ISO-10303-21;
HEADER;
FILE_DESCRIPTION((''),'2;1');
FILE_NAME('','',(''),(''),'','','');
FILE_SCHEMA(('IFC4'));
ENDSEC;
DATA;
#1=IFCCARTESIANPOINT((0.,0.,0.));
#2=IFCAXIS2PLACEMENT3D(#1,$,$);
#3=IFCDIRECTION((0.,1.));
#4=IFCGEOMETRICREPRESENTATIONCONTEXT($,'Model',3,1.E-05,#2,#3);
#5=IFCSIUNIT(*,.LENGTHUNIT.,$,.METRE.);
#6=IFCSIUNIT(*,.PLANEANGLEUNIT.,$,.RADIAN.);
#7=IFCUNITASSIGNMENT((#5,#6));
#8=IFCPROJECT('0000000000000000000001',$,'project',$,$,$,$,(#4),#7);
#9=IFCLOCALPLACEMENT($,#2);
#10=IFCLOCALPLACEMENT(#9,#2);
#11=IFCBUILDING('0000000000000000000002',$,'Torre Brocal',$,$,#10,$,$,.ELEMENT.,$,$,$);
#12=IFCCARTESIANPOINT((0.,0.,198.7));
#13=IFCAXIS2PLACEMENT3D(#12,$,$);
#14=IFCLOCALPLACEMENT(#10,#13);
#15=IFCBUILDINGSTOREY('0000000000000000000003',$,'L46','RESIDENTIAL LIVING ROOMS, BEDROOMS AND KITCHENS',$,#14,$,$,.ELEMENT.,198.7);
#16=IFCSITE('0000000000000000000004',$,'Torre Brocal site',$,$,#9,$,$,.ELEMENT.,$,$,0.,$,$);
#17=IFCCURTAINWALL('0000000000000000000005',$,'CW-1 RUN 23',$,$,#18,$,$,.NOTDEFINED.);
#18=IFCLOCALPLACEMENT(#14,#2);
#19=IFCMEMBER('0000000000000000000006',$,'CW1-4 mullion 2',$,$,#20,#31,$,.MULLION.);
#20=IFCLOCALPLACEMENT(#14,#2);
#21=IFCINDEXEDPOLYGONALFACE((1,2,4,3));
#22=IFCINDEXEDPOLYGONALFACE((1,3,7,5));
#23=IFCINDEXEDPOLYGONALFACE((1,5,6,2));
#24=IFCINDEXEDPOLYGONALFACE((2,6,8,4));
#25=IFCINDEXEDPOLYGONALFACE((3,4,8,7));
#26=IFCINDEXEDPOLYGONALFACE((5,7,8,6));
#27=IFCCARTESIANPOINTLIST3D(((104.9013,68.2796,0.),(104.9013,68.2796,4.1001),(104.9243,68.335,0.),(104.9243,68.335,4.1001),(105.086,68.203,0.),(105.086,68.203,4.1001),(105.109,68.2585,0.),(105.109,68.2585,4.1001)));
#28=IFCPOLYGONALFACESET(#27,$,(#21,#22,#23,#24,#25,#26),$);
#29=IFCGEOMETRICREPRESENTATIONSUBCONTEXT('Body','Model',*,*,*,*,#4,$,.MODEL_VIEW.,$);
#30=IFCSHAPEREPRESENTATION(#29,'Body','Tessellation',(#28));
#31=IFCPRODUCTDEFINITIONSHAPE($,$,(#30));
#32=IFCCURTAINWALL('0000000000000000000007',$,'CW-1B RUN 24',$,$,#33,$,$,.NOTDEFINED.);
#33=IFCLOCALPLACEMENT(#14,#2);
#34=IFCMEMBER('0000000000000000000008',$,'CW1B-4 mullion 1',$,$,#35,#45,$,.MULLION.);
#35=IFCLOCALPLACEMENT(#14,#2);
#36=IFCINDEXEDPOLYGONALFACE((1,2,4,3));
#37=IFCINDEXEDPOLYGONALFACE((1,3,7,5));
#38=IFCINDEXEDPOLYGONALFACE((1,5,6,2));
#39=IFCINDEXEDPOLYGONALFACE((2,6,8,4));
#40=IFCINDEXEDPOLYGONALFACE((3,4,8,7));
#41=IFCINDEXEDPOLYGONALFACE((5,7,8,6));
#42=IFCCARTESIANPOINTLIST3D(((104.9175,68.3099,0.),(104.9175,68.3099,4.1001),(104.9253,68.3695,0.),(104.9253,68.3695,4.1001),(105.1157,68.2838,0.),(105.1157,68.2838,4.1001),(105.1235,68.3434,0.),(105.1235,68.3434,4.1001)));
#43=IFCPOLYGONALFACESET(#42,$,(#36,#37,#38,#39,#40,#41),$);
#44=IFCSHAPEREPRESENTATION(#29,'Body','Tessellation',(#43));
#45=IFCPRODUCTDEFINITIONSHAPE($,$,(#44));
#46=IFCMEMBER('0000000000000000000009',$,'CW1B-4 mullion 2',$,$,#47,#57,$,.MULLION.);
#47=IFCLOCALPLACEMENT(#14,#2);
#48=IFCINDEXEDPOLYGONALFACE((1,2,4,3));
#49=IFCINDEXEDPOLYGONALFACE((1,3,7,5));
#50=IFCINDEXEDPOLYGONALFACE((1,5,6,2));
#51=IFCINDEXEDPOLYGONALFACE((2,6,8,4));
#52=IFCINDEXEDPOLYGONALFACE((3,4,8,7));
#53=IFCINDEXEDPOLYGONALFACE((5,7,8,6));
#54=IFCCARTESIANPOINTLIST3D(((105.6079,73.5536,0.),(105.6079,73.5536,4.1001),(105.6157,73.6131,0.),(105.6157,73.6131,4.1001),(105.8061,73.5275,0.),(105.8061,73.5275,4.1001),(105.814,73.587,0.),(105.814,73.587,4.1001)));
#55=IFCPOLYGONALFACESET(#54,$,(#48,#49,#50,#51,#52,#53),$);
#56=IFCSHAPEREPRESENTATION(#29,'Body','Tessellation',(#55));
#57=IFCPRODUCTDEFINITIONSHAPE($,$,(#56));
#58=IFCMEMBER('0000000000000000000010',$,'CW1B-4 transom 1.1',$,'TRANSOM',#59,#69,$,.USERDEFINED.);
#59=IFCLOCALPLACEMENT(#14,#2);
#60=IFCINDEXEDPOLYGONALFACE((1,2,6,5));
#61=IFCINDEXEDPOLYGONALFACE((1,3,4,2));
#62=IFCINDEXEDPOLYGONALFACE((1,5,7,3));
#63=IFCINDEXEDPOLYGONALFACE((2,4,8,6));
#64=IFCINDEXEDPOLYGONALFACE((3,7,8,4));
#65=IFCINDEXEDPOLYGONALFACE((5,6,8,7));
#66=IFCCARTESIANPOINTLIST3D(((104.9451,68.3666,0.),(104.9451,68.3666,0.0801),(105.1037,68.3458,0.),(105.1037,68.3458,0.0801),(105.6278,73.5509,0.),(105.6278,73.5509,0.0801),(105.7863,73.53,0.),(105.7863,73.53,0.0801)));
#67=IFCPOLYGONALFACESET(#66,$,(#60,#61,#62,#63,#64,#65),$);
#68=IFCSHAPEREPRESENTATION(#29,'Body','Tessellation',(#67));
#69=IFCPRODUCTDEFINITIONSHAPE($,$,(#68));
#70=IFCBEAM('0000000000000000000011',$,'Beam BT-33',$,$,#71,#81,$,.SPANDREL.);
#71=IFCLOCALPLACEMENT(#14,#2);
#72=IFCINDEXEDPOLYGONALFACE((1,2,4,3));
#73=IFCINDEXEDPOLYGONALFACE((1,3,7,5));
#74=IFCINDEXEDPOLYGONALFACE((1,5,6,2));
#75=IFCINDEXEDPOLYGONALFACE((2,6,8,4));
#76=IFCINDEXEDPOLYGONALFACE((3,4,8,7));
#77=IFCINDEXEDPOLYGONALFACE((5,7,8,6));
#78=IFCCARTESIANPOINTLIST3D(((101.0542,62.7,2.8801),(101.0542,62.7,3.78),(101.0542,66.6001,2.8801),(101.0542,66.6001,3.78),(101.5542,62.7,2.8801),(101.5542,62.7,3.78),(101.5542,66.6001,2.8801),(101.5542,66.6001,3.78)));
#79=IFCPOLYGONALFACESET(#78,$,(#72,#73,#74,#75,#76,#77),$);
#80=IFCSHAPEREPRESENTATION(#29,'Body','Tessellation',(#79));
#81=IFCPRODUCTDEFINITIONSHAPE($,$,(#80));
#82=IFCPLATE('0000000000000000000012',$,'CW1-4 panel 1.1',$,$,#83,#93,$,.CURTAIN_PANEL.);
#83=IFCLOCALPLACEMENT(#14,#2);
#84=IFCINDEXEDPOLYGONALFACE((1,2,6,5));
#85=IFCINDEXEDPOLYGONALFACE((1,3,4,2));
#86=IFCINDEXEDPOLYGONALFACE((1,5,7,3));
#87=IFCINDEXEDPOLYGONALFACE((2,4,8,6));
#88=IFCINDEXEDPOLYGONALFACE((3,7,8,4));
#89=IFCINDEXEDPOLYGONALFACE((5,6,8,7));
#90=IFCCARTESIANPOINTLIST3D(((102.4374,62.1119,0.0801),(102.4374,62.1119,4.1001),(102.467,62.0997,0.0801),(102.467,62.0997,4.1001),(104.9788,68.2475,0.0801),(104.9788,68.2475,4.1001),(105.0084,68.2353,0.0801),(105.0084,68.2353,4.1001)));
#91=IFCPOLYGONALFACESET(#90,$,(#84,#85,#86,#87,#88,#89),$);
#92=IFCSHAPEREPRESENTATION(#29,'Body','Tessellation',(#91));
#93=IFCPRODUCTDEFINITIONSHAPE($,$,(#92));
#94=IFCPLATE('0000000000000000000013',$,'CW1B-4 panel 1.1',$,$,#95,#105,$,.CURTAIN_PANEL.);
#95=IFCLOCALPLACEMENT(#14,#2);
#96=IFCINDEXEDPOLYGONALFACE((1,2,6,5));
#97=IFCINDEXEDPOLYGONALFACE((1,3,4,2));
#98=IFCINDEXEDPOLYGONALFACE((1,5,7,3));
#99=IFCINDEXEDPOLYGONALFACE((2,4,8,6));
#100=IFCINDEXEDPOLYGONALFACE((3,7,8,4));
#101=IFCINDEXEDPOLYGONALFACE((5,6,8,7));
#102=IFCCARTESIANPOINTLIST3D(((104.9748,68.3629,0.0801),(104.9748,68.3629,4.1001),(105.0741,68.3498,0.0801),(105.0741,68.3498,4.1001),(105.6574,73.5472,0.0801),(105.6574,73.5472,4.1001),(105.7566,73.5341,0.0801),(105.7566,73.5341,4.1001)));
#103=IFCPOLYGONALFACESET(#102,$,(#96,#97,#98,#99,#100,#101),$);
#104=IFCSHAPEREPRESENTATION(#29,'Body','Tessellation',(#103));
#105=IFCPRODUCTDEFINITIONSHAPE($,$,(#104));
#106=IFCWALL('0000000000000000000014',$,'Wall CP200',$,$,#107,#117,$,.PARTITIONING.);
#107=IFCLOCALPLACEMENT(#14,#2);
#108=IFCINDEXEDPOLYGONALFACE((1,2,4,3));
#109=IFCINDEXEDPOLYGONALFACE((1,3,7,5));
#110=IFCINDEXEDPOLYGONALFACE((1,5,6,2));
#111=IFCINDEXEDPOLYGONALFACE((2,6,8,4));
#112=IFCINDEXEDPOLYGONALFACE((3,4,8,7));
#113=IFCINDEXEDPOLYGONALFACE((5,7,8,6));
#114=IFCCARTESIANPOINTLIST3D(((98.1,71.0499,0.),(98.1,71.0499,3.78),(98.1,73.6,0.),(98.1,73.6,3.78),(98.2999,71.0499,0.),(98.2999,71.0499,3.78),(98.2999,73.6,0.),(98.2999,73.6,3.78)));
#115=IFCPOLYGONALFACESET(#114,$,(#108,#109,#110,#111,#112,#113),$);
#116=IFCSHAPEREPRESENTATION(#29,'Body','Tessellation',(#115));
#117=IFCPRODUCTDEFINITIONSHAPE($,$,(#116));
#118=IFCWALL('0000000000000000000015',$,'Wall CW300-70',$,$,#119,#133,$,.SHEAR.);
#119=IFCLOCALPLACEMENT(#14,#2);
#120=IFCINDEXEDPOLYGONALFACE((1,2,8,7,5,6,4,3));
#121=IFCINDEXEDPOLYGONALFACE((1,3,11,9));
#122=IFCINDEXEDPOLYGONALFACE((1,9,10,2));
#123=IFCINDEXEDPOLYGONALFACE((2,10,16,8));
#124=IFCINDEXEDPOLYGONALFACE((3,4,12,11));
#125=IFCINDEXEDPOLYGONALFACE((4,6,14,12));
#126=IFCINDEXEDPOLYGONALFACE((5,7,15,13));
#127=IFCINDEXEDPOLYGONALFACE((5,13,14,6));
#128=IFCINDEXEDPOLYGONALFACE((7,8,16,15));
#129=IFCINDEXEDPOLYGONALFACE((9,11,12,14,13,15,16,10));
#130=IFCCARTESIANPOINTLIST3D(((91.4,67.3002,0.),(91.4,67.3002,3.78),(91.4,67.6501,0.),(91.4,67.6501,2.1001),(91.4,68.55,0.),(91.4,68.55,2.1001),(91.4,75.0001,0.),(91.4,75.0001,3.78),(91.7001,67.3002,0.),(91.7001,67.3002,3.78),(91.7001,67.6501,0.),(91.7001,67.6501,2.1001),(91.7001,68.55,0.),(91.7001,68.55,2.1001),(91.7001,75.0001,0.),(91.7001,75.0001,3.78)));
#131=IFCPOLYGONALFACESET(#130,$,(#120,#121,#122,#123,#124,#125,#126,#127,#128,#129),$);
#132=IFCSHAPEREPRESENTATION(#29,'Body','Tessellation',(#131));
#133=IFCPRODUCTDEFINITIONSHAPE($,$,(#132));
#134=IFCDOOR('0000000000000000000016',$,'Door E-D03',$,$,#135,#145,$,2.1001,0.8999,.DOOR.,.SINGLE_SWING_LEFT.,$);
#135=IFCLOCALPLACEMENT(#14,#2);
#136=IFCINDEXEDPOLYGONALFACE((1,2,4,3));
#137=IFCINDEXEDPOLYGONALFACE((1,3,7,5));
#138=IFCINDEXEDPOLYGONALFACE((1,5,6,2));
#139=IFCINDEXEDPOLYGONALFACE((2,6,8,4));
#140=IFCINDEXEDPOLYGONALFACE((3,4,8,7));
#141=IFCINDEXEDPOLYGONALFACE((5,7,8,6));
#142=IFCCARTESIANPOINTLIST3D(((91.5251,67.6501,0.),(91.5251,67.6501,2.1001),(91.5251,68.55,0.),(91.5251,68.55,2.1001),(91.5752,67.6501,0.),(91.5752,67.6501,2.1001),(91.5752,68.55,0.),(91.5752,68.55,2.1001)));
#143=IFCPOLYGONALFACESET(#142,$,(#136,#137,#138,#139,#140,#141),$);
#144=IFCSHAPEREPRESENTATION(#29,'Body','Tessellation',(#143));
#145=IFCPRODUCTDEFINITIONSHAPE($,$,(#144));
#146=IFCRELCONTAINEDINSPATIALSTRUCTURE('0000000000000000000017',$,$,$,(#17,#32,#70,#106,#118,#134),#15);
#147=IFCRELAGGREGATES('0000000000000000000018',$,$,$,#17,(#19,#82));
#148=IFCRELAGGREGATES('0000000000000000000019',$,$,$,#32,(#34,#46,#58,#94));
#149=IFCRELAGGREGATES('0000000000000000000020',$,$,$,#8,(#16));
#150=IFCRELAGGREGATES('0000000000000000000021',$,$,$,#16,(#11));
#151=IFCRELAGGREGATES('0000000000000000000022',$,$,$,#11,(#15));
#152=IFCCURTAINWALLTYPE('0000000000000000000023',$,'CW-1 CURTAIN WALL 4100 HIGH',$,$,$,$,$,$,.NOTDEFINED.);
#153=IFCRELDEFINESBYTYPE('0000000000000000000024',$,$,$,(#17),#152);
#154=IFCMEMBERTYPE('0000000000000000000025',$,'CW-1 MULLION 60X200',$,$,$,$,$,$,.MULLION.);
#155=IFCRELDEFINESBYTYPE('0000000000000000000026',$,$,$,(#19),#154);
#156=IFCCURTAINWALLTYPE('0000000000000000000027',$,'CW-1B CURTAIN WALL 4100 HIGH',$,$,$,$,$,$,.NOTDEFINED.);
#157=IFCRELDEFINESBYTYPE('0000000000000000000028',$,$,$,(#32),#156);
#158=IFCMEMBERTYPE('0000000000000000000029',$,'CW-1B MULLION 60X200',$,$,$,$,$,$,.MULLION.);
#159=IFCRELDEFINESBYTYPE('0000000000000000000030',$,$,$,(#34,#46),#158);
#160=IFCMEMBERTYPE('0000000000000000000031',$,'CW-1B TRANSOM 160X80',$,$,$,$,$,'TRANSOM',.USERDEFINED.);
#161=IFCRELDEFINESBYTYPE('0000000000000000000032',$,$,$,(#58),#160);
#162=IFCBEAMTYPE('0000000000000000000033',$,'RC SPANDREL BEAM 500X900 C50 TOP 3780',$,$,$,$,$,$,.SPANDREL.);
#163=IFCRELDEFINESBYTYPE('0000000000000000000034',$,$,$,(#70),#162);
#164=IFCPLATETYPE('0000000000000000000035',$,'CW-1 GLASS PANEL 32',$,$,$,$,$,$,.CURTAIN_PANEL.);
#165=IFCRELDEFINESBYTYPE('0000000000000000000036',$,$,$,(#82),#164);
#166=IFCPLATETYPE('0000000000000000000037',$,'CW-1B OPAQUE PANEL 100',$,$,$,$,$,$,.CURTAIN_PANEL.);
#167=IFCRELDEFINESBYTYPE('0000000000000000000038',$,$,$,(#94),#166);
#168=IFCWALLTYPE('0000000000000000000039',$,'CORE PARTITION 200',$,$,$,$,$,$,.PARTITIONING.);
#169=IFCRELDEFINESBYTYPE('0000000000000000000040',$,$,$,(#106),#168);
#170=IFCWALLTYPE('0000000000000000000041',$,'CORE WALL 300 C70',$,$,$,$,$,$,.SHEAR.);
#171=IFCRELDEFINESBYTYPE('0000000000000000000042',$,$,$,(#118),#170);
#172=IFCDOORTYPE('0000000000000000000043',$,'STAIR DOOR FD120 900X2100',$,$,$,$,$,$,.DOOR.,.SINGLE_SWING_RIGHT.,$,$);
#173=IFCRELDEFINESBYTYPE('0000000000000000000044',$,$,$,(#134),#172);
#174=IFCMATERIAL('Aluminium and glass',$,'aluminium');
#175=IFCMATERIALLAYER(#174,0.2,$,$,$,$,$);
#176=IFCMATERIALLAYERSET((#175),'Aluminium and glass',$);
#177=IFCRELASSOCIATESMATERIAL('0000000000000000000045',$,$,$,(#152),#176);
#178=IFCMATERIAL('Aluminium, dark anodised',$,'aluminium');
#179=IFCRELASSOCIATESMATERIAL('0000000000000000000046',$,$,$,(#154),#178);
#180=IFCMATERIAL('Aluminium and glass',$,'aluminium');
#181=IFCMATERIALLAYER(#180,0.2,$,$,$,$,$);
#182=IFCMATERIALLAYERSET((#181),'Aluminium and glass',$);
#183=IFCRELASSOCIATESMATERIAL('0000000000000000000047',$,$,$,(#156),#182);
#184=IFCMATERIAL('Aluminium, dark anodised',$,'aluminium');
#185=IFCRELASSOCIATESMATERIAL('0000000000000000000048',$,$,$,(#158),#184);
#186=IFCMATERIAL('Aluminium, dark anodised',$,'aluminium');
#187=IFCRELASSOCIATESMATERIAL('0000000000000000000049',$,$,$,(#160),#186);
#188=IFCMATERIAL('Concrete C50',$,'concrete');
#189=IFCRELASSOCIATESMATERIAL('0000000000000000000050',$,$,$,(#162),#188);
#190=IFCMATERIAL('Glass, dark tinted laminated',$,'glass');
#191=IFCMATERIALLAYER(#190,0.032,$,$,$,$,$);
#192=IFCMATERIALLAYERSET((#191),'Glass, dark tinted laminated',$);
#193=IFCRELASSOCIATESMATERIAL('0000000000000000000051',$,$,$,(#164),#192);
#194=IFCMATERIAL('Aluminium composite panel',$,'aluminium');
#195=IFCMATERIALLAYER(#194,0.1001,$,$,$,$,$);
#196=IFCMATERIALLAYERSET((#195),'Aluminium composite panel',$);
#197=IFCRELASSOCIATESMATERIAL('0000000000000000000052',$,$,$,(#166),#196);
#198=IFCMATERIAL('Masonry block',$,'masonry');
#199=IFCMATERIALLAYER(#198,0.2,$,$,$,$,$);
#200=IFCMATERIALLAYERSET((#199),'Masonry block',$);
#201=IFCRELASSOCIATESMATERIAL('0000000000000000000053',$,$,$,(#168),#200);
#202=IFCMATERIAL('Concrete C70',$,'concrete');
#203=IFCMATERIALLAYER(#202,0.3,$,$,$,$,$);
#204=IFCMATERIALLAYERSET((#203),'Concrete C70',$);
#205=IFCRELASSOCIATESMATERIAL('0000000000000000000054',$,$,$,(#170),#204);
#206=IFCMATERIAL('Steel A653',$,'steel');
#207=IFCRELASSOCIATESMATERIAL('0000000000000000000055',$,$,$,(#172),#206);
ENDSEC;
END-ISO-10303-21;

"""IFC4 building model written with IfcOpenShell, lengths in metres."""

from ifc_helpers import new_model, si_unit, direction, frame, frame_2d, origin, origin_2d, place, context, subcontext, project, spatial, rectangle, extrude, material, layer, layer_set, material_profile, profile_set, type_object, element, fill, aggregate, save


model = new_model("IFC4")

# Units and contexts
model_context = context("Model", 3, precision=1e-05, world=origin(), true_north=direction((0.0, 1.0)))
body_context = subcontext(model_context, "Body", "Model", "MODEL_VIEW")
ifc_project = project(units=[si_unit("LENGTHUNIT", "METRE"), si_unit("PLANEANGLEUNIT", "RADIAN")], contexts=[model_context])

# Site, building, storey
site_placement = place(None, origin())
site = spatial("IfcSite", under=ifc_project, at=site_placement, Name="Torre Brocal site", CompositionType="ELEMENT", RefElevation=0.0)
building_placement = place(site_placement, origin())
building = spatial("IfcBuilding", under=site, at=building_placement, Name="Torre Brocal", CompositionType="ELEMENT")
storey_placement = place(building_placement, frame((0.0, 0.0, 198.7)))
storey = spatial("IfcBuildingStorey", under=building, at=storey_placement, Name="L46", Description="RESIDENTIAL LIVING ROOMS, BEDROOMS AND KITCHENS", CompositionType="ELEMENT", Elevation=198.7)

# Curtain wall, member
ifc_material_1 = material(Name="Aluminium and glass", Category="aluminium")
ifc_layer_1 = layer(ifc_material_1, 0.2)
ifc_layer_set_1 = layer_set([ifc_layer_1], Name="Aluminium and glass")
curtain_wall_type_1 = type_object("IfcCurtainWallType", Name="CW-1 CURTAIN WALL 4100 HIGH", PredefinedType="NOTDEFINED", material=ifc_layer_set_1)
curtain_wall_1_placement = place(storey_placement, origin())
curtain_wall_1 = element("IfcCurtainWall", 1, at=curtain_wall_1_placement, inside=storey, type_object=curtain_wall_type_1, Name="CW-1 RUN 23", PredefinedType="NOTDEFINED")
ifc_material_2 = material(Name="Aluminium, dark anodised", Category="aluminium")
ifc_material_profile_1 = material_profile(ifc_material_2, rectangle(XDim=0.2, YDim=0.0601, at=origin_2d()), Name="CW-1 MULLION 60X200")
ifc_profile_set_1 = profile_set([ifc_material_profile_1], Name="Aluminium, dark anodised")
member_type_1 = type_object("IfcMemberType", Name="CW-1 MULLION 60X200", PredefinedType="MULLION", material=ifc_profile_set_1)
member_1_placement = place(storey_placement, frame((105.0051, 68.269, 0.0), z_axis=(0.0, 0.0, 1.0), x_axis=(-0.92388, 0.382683, 0.0)))
member_1 = element("IfcMember", 2, at=member_1_placement, type_object=member_type_1, Name="CW1-4 mullion 2", PredefinedType="MULLION", context=body_context, shape_type="SweptSolid", body=[
    extrude(rectangle(XDim=0.2, YDim=0.0601, at=origin_2d()), origin(), (0.0, 0.0, 1.0), 4.1001),
])

# Curtain wall, members
ifc_material_3 = material(Name="Aluminium and glass", Category="aluminium")
ifc_layer_2 = layer(ifc_material_3, 0.2)
ifc_layer_set_2 = layer_set([ifc_layer_2], Name="Aluminium and glass")
curtain_wall_type_2 = type_object("IfcCurtainWallType", Name="CW-1B CURTAIN WALL 4100 HIGH", PredefinedType="NOTDEFINED", material=ifc_layer_set_2)
curtain_wall_2_placement = place(storey_placement, origin())
curtain_wall_2 = element("IfcCurtainWall", 3, at=curtain_wall_2_placement, inside=storey, type_object=curtain_wall_type_2, Name="CW-1B RUN 24", PredefinedType="NOTDEFINED")
ifc_material_4 = material(Name="Aluminium, dark anodised", Category="aluminium")
ifc_material_profile_2 = material_profile(ifc_material_4, rectangle(XDim=0.2, YDim=0.0601, at=origin_2d()), Name="CW-1B MULLION 60X200")
ifc_profile_set_2 = profile_set([ifc_material_profile_2], Name="Aluminium, dark anodised")
member_type_2 = type_object("IfcMemberType", Name="CW-1B MULLION 60X200", PredefinedType="MULLION", material=ifc_profile_set_2)
member_2_placement = place(storey_placement, frame((105.0205, 68.3267, 0.0), z_axis=(0.0, 0.0, 1.0), x_axis=(-0.991445, 0.130526, 0.0)))
member_2 = element("IfcMember", 4, at=member_2_placement, type_object=member_type_2, Name="CW1B-4 mullion 1", PredefinedType="MULLION", context=body_context, shape_type="SweptSolid", body=[
    extrude(rectangle(XDim=0.2, YDim=0.0601, at=origin_2d()), origin(), (0.0, 0.0, 1.0), 4.1001),
])
member_3_placement = place(storey_placement, frame((105.7109, 73.5703, 0.0), z_axis=(0.0, 0.0, 1.0), x_axis=(-0.991445, 0.130526, 0.0)))
member_3 = element("IfcMember", 5, at=member_3_placement, type_object=member_type_2, Name="CW1B-4 mullion 2", PredefinedType="MULLION", context=body_context, shape_type="SweptSolid", body=[
    extrude(rectangle(XDim=0.2, YDim=0.0601, at=origin_2d()), origin(), (0.0, 0.0, 1.0), 4.1001),
])
ifc_material_5 = material(Name="Aluminium, dark anodised", Category="aluminium")
ifc_material_profile_3 = material_profile(ifc_material_5, rectangle(XDim=0.1599, YDim=0.0801, at=origin_2d()), Name="CW-1B TRANSOM 160X80")
ifc_profile_set_3 = profile_set([ifc_material_profile_3], Name="Aluminium, dark anodised")
member_type_3 = type_object("IfcMemberType", Name="CW-1B TRANSOM 160X80", ElementType="TRANSOM", PredefinedType="USERDEFINED", material=ifc_profile_set_3)
member_4_placement = place(storey_placement, frame((105.0244, 68.3562, 0.04), z_axis=(0.130543, 0.991443, 0.0), x_axis=(-0.991443, 0.130543, 0.0)))
member_4 = element("IfcMember", 6, at=member_4_placement, type_object=member_type_3, Name="CW1B-4 transom 1.1", ObjectType="TRANSOM", PredefinedType="USERDEFINED", context=body_context, shape_type="SweptSolid", body=[
    extrude(rectangle(XDim=0.1599, YDim=0.0801, at=origin_2d()), origin(), (0.0, 0.0, 1.0), 5.229),
])

# Beam
ifc_material_6 = material(Name="Concrete C50", Category="concrete")
ifc_material_profile_4 = material_profile(ifc_material_6, rectangle(XDim=0.5, YDim=0.8999, at=origin_2d()), Name="RC 500X900")
ifc_profile_set_4 = profile_set([ifc_material_profile_4], Name="Concrete C50")
beam_type = type_object("IfcBeamType", Name="RC SPANDREL BEAM 500X900 C50 TOP 3780", PredefinedType="SPANDREL", material=ifc_profile_set_4)
beam_placement = place(storey_placement, frame((101.3042, 62.7, 3.3301), z_axis=(0.0, 1.0, 0.0), x_axis=(-1.0, 0.0, 0.0)))
element("IfcBeam", 7, at=beam_placement, inside=storey, type_object=beam_type, Name="Beam BT-33", PredefinedType="SPANDREL", context=body_context, shape_type="SweptSolid", body=[
    extrude(rectangle(XDim=0.5, YDim=0.8999, at=origin_2d()), origin(), (0.0, 0.0, 1.0), 3.9001),
])

# Plates
ifc_material_7 = material(Name="Glass, dark tinted laminated", Category="glass")
ifc_layer_3 = layer(ifc_material_7, 0.032)
ifc_layer_set_3 = layer_set([ifc_layer_3], Name="Glass, dark tinted laminated")
plate_type_1 = type_object("IfcPlateType", Name="CW-1 GLASS PANEL 32", PredefinedType="CURTAIN_PANEL", material=ifc_layer_set_3)
plate_1_placement = place(storey_placement, frame((103.7229, 65.1736, 0.0801), z_axis=(0.0, 0.0, 1.0), x_axis=(0.382683, 0.92388, 0.0)))
plate_1 = element("IfcPlate", 8, at=plate_1_placement, type_object=plate_type_1, Name="CW1-4 panel 1.1", PredefinedType="CURTAIN_PANEL", context=body_context, shape_type="SweptSolid", body=[
    extrude(rectangle(XDim=6.6411, YDim=0.032, at=origin_2d()), origin(), (0.0, 0.0, 1.0), 4.02),
])
aggregate(curtain_wall_1, [member_1, plate_1])
ifc_material_8 = material(Name="Aluminium composite panel", Category="aluminium")
ifc_layer_4 = layer(ifc_material_8, 0.1001)
ifc_layer_set_4 = layer_set([ifc_layer_4], Name="Aluminium composite panel")
plate_type_2 = type_object("IfcPlateType", Name="CW-1B OPAQUE PANEL 100", PredefinedType="CURTAIN_PANEL", material=ifc_layer_set_4)
plate_2_placement = place(storey_placement, frame((105.3657, 70.9485, 0.0801), z_axis=(0.0, 0.0, 1.0), x_axis=(0.130526, 0.991445, 0.0)))
plate_2 = element("IfcPlate", 9, at=plate_2_placement, type_object=plate_type_2, Name="CW1B-4 panel 1.1", PredefinedType="CURTAIN_PANEL", context=body_context, shape_type="SweptSolid", body=[
    extrude(rectangle(XDim=5.229, YDim=0.1001, at=origin_2d()), origin(), (0.0, 0.0, 1.0), 4.02),
])
aggregate(curtain_wall_2, [member_2, member_3, member_4, plate_2])

# Wall
ifc_material_9 = material(Name="Masonry block", Category="masonry")
ifc_layer_5 = layer(ifc_material_9, 0.2)
ifc_layer_set_5 = layer_set([ifc_layer_5], Name="Masonry block")
wall_type_1 = type_object("IfcWallType", Name="CORE PARTITION 200", PredefinedType="PARTITIONING", material=ifc_layer_set_5)
wall_1_placement = place(storey_placement, frame((98.2, 71.05, 0.0), z_axis=(0.0, 0.0, 1.0), x_axis=(0.0, 1.0, 0.0)))
element("IfcWall", 10, at=wall_1_placement, inside=storey, type_object=wall_type_1, Name="Wall CP200", PredefinedType="PARTITIONING", context=body_context, shape_type="SweptSolid", body=[
    extrude(rectangle(XDim=2.55, YDim=0.2, at=frame_2d((1.2749, 0.0))), origin(), (0.0, 0.0, 1.0), 3.78),
])

# Wall, opening, door
ifc_material_10 = material(Name="Concrete C70", Category="concrete")
ifc_layer_6 = layer(ifc_material_10, 0.3)
ifc_layer_set_6 = layer_set([ifc_layer_6], Name="Concrete C70")
wall_type_2 = type_object("IfcWallType", Name="CORE WALL 300 C70", PredefinedType="SHEAR", material=ifc_layer_set_6)
wall_2_placement = place(storey_placement, frame((91.55, 67.3, 0.0), z_axis=(0.0, 0.0, 1.0), x_axis=(0.0, 1.0, 0.0)))
wall_2 = element("IfcWall", 11, at=wall_2_placement, inside=storey, type_object=wall_type_2, Name="Wall CW300-70", PredefinedType="SHEAR", context=body_context, shape_type="SweptSolid", body=[
    extrude(rectangle(XDim=7.7, YDim=0.3, at=frame_2d((3.8501, 0.0))), origin(), (0.0, 0.0, 1.0), 3.78),
])
opening_1_placement = place(wall_2_placement, frame((0.3501, 0.0, 0.0)))
opening_1 = element("IfcOpeningElement", 12, at=opening_1_placement, cuts=wall_2, PredefinedType="OPENING", context=body_context, shape_type="SweptSolid", body=[
    extrude(rectangle(XDim=0.8999, YDim=2.1001, at=frame_2d((0.45, 1.05))), frame((0.0, 0.1599, 0.0), z_axis=(0.0, -1.0, 0.0), x_axis=(1.0, 0.0, 0.0)), (0.0, 0.0, 1.0), 0.3201),
])
ifc_material_11 = material(Name="Steel A653", Category="steel")
door_type_1 = type_object("IfcDoorType", Name="STAIR DOOR FD120 900X2100", OperationType="SINGLE_SWING_RIGHT", PredefinedType="DOOR", material=ifc_material_11)
door_1_placement = place(opening_1_placement, origin())
door_1 = element("IfcDoor", 13, at=door_1_placement, inside=storey, type_object=door_type_1, Name="Door E-D03", OperationType="SINGLE_SWING_LEFT", OverallHeight=2.1001, OverallWidth=0.8999, PredefinedType="DOOR", context=body_context, shape_type="SweptSolid", body=[
    extrude(rectangle(XDim=0.8999, YDim=2.1001, at=frame_2d((0.45, 1.05))), frame((0.0, 0.0249, 0.0), z_axis=(0.0, -1.0, 0.0), x_axis=(1.0, 0.0, 0.0)), (0.0, 0.0, 1.0), 0.05),
])
fill(opening_1, door_1)

save(model, "model.ifc")
